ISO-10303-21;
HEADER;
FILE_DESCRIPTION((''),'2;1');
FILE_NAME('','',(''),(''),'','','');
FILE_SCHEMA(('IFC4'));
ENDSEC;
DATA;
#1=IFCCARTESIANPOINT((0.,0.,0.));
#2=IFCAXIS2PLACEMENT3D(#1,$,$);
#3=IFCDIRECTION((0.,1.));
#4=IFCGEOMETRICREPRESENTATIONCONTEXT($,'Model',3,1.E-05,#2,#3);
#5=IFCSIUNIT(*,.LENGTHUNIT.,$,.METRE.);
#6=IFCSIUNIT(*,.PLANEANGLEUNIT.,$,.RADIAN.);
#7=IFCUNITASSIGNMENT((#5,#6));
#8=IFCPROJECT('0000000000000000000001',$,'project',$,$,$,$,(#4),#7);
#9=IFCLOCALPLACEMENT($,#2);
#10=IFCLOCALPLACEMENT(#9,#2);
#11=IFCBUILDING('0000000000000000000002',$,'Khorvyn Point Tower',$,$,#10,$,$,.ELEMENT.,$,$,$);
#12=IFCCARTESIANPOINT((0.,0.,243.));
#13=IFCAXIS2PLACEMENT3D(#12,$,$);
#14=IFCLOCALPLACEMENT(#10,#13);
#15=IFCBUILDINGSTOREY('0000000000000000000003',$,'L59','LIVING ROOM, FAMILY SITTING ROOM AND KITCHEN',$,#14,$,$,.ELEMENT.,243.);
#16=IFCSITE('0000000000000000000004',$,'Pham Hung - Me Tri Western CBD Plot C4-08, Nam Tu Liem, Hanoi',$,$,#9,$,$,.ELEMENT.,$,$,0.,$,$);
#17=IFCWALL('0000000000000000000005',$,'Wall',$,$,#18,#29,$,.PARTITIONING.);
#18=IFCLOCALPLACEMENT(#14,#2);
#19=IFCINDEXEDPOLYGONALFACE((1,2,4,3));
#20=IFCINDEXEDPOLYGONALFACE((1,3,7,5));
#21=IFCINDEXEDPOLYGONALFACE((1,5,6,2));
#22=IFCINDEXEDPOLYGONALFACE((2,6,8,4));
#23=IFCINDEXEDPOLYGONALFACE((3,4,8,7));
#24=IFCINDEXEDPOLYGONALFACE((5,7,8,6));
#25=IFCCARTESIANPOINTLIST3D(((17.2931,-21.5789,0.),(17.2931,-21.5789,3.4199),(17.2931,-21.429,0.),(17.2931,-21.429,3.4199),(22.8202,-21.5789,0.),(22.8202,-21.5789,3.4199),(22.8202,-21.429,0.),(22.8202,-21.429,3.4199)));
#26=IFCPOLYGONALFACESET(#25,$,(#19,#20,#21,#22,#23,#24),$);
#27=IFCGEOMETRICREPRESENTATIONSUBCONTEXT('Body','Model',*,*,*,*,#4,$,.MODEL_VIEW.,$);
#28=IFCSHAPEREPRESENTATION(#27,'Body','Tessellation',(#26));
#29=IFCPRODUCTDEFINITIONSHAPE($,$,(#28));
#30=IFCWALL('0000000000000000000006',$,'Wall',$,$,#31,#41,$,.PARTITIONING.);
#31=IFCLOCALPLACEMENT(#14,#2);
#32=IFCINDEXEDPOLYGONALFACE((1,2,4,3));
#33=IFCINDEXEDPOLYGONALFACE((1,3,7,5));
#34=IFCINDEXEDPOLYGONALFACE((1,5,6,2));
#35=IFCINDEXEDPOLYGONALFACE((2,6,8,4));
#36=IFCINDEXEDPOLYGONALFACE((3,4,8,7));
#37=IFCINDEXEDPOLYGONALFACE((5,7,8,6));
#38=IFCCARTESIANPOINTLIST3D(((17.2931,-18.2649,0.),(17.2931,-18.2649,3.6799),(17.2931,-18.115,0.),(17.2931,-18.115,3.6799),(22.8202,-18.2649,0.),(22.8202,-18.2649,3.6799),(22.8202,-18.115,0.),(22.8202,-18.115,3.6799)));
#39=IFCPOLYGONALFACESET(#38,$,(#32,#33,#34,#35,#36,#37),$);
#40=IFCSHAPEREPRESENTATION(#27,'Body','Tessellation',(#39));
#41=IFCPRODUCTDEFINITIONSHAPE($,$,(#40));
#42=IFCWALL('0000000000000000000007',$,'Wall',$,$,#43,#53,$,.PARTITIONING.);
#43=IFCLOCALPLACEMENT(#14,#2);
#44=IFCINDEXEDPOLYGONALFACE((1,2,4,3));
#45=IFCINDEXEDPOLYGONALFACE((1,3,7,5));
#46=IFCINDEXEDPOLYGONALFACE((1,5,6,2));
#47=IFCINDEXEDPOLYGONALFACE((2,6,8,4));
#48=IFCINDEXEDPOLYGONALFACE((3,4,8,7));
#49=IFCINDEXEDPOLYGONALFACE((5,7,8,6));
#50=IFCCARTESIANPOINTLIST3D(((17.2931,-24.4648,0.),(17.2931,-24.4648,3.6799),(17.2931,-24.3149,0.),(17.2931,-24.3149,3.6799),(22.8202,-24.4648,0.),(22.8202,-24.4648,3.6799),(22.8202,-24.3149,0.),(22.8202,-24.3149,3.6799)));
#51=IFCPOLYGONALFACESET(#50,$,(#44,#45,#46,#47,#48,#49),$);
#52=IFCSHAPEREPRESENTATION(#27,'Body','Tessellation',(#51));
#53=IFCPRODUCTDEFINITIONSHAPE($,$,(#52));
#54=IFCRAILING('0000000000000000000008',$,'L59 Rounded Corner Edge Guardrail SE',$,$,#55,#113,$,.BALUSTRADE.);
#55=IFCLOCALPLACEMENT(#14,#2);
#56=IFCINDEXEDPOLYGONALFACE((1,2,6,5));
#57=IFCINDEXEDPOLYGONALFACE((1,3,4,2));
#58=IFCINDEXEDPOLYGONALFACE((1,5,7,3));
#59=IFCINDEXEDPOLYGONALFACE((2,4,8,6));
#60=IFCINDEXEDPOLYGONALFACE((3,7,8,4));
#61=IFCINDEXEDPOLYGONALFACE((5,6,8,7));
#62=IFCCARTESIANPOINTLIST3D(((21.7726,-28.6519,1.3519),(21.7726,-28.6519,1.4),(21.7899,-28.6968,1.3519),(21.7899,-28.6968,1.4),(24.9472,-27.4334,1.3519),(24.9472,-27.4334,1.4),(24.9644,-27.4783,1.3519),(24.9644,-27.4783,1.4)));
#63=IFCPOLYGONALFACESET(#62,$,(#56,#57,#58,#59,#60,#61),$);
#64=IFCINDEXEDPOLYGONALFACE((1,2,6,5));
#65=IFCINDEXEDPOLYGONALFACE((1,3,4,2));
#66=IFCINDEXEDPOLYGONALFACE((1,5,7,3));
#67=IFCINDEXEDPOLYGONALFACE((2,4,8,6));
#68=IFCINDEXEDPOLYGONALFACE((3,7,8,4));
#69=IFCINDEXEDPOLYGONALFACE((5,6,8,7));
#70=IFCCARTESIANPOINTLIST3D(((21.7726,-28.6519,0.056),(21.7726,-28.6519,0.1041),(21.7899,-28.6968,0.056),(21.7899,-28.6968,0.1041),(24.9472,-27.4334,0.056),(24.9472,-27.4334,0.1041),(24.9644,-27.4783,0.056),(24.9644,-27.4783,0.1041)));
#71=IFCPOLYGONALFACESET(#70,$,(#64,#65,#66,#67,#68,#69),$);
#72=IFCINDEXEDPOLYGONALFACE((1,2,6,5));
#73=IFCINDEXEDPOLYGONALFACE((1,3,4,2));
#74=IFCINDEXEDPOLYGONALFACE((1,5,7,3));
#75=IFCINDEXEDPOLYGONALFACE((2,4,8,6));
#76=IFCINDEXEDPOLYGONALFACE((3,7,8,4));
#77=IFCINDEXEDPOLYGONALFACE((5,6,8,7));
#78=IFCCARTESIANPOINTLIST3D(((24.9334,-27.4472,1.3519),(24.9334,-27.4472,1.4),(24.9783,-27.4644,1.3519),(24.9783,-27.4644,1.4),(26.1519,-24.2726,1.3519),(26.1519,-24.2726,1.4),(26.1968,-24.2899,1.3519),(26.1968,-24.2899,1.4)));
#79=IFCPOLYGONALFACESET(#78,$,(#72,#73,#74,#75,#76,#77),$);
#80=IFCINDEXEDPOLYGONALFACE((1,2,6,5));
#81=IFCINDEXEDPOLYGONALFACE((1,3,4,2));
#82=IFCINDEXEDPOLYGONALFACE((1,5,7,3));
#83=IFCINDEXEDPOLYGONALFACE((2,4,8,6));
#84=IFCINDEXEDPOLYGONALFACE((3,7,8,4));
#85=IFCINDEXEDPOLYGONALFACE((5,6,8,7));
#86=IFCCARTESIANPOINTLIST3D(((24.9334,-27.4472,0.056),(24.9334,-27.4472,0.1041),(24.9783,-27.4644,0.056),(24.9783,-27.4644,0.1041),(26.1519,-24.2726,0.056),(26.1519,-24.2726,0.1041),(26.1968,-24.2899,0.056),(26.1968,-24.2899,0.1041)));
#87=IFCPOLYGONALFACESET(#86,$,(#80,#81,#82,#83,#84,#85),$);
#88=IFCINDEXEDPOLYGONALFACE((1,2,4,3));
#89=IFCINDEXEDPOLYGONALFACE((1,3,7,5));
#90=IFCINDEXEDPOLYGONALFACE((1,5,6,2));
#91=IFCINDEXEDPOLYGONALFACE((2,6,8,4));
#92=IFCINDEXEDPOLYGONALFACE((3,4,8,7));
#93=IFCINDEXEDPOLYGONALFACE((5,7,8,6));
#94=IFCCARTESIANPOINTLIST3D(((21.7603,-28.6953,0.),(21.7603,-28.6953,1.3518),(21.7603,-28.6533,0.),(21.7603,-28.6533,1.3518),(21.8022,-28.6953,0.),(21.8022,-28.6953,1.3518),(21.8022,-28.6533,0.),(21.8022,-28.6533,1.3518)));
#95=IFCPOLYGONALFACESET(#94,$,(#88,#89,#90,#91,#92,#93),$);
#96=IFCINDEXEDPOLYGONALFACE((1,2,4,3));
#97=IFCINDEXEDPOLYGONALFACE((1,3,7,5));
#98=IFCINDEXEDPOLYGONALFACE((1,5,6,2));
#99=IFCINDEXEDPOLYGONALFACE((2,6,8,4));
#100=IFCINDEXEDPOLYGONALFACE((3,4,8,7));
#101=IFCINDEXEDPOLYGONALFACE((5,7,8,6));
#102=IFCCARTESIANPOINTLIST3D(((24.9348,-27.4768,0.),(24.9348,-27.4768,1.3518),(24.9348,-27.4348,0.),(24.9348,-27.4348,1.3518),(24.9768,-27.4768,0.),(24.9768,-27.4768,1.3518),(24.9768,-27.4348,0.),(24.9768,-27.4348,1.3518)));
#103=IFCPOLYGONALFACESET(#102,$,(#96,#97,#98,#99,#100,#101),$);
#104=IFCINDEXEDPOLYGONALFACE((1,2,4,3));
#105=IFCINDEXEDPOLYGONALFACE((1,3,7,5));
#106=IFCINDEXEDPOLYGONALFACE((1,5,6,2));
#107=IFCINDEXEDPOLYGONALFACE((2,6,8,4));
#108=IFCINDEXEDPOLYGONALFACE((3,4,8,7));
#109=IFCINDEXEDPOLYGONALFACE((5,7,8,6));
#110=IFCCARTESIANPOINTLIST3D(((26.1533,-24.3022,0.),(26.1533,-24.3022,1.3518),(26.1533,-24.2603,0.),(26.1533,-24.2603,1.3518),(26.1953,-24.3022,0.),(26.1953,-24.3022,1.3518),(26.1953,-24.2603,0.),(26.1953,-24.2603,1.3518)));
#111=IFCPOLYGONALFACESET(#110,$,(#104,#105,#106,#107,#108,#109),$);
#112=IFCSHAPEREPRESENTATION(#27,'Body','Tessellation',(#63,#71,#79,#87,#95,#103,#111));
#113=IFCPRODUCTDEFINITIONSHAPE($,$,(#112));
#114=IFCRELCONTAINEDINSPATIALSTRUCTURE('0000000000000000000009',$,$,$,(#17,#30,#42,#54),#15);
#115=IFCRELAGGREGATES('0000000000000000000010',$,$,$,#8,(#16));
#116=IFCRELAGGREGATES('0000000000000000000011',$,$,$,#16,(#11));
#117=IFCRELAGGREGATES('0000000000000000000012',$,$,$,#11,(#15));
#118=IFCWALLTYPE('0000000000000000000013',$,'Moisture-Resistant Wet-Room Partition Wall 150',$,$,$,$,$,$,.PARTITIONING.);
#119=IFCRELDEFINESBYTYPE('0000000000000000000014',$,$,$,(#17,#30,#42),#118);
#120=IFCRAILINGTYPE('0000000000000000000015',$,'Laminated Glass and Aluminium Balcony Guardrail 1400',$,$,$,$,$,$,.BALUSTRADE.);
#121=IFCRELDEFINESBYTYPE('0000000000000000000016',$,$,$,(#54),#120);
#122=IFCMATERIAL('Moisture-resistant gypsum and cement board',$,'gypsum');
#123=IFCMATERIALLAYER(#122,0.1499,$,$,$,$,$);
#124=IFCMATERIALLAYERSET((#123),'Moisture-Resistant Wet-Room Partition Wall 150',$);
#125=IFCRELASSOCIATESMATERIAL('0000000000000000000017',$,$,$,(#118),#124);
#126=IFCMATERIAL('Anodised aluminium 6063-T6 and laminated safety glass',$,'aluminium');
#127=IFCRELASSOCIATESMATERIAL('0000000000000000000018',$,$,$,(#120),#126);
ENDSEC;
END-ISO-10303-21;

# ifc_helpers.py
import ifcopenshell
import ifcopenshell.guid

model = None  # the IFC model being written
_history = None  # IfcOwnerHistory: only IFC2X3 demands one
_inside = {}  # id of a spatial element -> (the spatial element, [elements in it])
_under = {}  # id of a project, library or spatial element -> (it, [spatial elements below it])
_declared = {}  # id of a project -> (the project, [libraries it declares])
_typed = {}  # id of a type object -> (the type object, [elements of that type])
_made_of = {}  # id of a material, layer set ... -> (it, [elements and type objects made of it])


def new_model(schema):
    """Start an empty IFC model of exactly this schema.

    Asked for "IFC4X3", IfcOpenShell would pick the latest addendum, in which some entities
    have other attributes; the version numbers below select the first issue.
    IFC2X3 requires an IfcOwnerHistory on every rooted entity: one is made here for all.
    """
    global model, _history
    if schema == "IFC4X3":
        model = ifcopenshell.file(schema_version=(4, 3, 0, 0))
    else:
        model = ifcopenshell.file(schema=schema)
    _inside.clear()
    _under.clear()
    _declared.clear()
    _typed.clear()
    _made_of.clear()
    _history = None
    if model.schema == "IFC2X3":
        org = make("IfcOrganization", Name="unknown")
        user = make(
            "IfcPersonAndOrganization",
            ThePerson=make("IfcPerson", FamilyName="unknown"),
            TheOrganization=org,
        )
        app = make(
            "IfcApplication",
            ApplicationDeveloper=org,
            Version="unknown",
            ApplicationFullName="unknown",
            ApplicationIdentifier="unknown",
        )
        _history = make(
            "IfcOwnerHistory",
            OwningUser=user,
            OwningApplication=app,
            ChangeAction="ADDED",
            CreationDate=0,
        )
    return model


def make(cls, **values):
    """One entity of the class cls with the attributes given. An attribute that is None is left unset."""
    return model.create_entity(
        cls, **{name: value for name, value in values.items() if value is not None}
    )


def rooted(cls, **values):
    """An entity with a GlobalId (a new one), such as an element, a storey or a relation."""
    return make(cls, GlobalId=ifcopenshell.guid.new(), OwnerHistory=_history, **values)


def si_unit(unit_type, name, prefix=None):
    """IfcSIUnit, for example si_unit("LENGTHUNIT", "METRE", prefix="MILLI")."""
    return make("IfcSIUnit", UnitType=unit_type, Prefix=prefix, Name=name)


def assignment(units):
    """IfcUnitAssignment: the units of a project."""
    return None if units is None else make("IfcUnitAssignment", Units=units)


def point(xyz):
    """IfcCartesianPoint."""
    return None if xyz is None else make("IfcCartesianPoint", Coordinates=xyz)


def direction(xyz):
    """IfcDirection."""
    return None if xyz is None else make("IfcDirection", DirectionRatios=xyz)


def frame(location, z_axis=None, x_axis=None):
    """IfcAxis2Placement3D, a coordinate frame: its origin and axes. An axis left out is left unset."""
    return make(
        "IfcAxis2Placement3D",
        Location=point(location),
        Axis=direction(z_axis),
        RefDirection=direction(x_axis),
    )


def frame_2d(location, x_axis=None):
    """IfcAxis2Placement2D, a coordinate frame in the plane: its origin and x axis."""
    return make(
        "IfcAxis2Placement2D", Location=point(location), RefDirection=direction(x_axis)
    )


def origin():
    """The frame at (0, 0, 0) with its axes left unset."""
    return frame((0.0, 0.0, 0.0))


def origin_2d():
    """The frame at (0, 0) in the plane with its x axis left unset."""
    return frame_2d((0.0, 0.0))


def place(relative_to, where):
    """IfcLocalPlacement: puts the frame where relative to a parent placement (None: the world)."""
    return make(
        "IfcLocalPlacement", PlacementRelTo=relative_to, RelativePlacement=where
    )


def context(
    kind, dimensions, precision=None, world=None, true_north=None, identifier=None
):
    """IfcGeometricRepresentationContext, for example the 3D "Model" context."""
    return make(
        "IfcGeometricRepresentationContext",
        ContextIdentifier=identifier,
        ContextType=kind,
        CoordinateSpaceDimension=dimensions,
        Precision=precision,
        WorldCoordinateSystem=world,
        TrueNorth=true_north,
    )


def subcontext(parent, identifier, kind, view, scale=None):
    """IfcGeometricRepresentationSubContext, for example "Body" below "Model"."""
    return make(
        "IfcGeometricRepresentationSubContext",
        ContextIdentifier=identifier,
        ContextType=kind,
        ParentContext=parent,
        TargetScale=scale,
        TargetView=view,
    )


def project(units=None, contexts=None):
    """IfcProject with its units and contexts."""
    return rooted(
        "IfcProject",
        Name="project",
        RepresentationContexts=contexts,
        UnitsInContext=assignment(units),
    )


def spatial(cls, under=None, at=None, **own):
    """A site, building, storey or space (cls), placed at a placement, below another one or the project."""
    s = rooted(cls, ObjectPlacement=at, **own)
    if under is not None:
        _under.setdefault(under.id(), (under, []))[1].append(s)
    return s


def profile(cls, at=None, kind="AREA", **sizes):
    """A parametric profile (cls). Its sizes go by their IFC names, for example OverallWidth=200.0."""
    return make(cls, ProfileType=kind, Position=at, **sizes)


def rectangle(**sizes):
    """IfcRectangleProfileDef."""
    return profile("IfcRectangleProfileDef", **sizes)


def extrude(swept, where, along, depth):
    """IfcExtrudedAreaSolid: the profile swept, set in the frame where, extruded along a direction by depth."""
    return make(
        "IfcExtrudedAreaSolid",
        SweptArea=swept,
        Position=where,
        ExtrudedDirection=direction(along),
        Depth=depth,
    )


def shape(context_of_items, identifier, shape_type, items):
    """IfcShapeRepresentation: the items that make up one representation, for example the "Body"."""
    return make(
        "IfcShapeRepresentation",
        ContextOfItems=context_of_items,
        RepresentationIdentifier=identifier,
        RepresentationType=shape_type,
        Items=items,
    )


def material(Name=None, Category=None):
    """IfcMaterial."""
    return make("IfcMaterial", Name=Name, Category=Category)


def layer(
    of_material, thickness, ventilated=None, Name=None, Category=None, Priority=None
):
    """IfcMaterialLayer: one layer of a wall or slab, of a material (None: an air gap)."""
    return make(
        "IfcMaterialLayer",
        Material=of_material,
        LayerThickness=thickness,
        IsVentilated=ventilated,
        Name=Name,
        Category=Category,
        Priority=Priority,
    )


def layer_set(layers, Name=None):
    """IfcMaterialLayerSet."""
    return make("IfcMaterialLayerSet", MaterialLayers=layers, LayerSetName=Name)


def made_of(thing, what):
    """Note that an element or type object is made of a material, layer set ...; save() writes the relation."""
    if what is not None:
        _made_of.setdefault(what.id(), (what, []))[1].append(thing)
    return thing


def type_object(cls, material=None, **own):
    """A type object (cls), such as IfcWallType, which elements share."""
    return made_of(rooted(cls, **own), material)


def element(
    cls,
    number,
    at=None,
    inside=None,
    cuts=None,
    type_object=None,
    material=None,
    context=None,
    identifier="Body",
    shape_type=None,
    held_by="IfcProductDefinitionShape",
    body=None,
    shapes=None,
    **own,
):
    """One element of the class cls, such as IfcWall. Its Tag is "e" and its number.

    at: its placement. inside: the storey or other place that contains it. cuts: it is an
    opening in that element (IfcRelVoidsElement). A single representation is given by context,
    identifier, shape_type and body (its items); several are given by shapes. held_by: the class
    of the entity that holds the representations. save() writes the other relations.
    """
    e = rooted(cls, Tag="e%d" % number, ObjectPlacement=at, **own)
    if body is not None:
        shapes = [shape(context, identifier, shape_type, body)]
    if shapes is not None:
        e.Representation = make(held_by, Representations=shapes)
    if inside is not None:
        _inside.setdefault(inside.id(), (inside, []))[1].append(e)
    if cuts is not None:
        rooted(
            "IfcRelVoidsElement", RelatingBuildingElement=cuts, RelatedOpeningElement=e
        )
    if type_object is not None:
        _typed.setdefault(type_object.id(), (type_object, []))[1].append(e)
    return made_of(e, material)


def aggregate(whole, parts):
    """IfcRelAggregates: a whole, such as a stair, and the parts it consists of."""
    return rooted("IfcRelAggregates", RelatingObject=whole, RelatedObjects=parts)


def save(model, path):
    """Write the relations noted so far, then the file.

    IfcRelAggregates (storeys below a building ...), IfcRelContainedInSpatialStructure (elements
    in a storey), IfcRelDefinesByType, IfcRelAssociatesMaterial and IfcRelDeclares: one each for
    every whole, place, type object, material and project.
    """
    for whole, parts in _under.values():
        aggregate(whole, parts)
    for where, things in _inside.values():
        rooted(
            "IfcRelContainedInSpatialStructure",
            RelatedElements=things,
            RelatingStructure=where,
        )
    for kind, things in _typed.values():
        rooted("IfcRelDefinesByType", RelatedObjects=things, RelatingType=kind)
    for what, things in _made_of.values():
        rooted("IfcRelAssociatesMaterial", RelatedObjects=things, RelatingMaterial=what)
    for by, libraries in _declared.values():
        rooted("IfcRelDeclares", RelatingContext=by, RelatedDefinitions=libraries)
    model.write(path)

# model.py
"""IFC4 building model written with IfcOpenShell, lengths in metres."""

from ifc_helpers import new_model, si_unit, direction, frame, frame_2d, origin, origin_2d, place, context, subcontext, project, spatial, rectangle, extrude, material, layer, layer_set, type_object, element, save


model = new_model("IFC4")

# Units and contexts
model_context = context("Model", 3, precision=1e-05, world=origin(), true_north=direction((0.0, 1.0)))
body_context = subcontext(model_context, "Body", "Model", "MODEL_VIEW")
ifc_project = project(units=[si_unit("LENGTHUNIT", "METRE"), si_unit("PLANEANGLEUNIT", "RADIAN")], contexts=[model_context])

# Site, building, storey
site_placement = place(None, origin())
site = spatial("IfcSite", under=ifc_project, at=site_placement, Name="Pham Hung - Me Tri Western CBD Plot C4-08, Nam Tu Liem, Hanoi", CompositionType="ELEMENT", RefElevation=0.0)
building_placement = place(site_placement, origin())
building = spatial("IfcBuilding", under=site, at=building_placement, Name="Khorvyn Point Tower", CompositionType="ELEMENT")
storey_placement = place(building_placement, frame((0.0, 0.0, 243.0)))
storey = spatial("IfcBuildingStorey", under=building, at=storey_placement, Name="L59", Description="LIVING ROOM, FAMILY SITTING ROOM AND KITCHEN", CompositionType="ELEMENT", Elevation=243.0)

# Shared definitions
ifc_material_1 = material(Name="Moisture-resistant gypsum and cement board", Category="gypsum")
ifc_layer_1 = layer(ifc_material_1, 0.1499)
ifc_layer_set_1 = layer_set([ifc_layer_1], Name="Moisture-Resistant Wet-Room Partition Wall 150")
wall_type_1 = type_object("IfcWallType", Name="Moisture-Resistant Wet-Room Partition Wall 150", PredefinedType="PARTITIONING", material=ifc_layer_set_1)

# Walls
wall_1_placement = place(storey_placement, frame((17.293, -21.5039, 0.0), z_axis=(0.0, 0.0, 1.0), x_axis=(1.0, 0.0, 0.0)))
element("IfcWall", 1, at=wall_1_placement, inside=storey, type_object=wall_type_1, Name="Wall", PredefinedType="PARTITIONING", context=body_context, shape_type="SweptSolid", body=[
    extrude(rectangle(XDim=5.5271, YDim=0.1499, at=frame_2d((2.7637, 0.0))), origin(), (0.0, 0.0, 1.0), 3.4199),
])
for number, where, z_axis, x_axis, name in (
    (2, (17.293, -18.1899, 0.0), (0.0, 0.0, 1.0), (1.0, 0.0, 0.0), "Wall"),
    (3, (17.293, -24.3899, 0.0), (0.0, 0.0, 1.0), (1.0, 0.0, 0.0), "Wall"),
):
    element("IfcWall", number, at=place(storey_placement, frame(where, z_axis=z_axis, x_axis=x_axis)), inside=storey, type_object=wall_type_1, Name=name, PredefinedType="PARTITIONING", context=body_context, shape_type="SweptSolid", body=[
        extrude(rectangle(XDim=5.5271, YDim=0.1499, at=frame_2d((2.7637, 0.0))), origin(), (0.0, 0.0, 1.0), 3.6799),
    ])

# Railing
ifc_material_2 = material(Name="Anodised aluminium 6063-T6 and laminated safety glass", Category="aluminium")
railing_type = type_object("IfcRailingType", Name="Laminated Glass and Aluminium Balcony Guardrail 1400", PredefinedType="BALUSTRADE", material=ifc_material_2)
railing_1_placement = place(storey_placement, frame((21.7812, -28.6743, 0.0)))
element("IfcRailing", 4, at=railing_1_placement, inside=storey, type_object=railing_type, Name="L59 Rounded Corner Edge Guardrail SE", PredefinedType="BALUSTRADE", context=body_context, shape_type="SweptSolid", body=[
    extrude(rectangle(XDim=0.0481, YDim=0.0481, at=origin_2d()), frame((0.0, 0.0, 1.376), z_axis=(0.93359, 0.358344, 0.0), x_axis=(-0.358344, 0.93359, 0.0)), (0.0, 0.0, 1.0), 3.4004),
    extrude(rectangle(XDim=0.0481, YDim=0.0481, at=origin_2d()), frame((0.0, 0.0, 0.0801), z_axis=(0.93359, 0.358344, 0.0), x_axis=(-0.358344, 0.93359, 0.0)), (0.0, 0.0, 1.0), 3.4004),
    extrude(rectangle(XDim=0.0481, YDim=0.0481, at=origin_2d()), frame((3.1746, 1.2185, 1.376), z_axis=(0.358344, 0.93359, 0.0), x_axis=(-0.93359, 0.358344, 0.0)), (0.0, 0.0, 1.0), 3.4004),
    extrude(rectangle(XDim=0.0481, YDim=0.0481, at=origin_2d()), frame((3.1746, 1.2185, 0.0801), z_axis=(0.358344, 0.93359, 0.0), x_axis=(-0.93359, 0.358344, 0.0)), (0.0, 0.0, 1.0), 3.4004),
    extrude(rectangle(XDim=0.042, YDim=0.042, at=origin_2d()), origin(), (0.0, 0.0, 1.0), 1.3518),
    extrude(rectangle(XDim=0.042, YDim=0.042, at=origin_2d()), frame((3.1746, 1.2185, 0.0)), (0.0, 0.0, 1.0), 1.3518),
    extrude(rectangle(XDim=0.042, YDim=0.042, at=origin_2d()), frame((4.3931, 4.3931, 0.0)), (0.0, 0.0, 1.0), 1.3518),
])

save(model, "model.ifc")
